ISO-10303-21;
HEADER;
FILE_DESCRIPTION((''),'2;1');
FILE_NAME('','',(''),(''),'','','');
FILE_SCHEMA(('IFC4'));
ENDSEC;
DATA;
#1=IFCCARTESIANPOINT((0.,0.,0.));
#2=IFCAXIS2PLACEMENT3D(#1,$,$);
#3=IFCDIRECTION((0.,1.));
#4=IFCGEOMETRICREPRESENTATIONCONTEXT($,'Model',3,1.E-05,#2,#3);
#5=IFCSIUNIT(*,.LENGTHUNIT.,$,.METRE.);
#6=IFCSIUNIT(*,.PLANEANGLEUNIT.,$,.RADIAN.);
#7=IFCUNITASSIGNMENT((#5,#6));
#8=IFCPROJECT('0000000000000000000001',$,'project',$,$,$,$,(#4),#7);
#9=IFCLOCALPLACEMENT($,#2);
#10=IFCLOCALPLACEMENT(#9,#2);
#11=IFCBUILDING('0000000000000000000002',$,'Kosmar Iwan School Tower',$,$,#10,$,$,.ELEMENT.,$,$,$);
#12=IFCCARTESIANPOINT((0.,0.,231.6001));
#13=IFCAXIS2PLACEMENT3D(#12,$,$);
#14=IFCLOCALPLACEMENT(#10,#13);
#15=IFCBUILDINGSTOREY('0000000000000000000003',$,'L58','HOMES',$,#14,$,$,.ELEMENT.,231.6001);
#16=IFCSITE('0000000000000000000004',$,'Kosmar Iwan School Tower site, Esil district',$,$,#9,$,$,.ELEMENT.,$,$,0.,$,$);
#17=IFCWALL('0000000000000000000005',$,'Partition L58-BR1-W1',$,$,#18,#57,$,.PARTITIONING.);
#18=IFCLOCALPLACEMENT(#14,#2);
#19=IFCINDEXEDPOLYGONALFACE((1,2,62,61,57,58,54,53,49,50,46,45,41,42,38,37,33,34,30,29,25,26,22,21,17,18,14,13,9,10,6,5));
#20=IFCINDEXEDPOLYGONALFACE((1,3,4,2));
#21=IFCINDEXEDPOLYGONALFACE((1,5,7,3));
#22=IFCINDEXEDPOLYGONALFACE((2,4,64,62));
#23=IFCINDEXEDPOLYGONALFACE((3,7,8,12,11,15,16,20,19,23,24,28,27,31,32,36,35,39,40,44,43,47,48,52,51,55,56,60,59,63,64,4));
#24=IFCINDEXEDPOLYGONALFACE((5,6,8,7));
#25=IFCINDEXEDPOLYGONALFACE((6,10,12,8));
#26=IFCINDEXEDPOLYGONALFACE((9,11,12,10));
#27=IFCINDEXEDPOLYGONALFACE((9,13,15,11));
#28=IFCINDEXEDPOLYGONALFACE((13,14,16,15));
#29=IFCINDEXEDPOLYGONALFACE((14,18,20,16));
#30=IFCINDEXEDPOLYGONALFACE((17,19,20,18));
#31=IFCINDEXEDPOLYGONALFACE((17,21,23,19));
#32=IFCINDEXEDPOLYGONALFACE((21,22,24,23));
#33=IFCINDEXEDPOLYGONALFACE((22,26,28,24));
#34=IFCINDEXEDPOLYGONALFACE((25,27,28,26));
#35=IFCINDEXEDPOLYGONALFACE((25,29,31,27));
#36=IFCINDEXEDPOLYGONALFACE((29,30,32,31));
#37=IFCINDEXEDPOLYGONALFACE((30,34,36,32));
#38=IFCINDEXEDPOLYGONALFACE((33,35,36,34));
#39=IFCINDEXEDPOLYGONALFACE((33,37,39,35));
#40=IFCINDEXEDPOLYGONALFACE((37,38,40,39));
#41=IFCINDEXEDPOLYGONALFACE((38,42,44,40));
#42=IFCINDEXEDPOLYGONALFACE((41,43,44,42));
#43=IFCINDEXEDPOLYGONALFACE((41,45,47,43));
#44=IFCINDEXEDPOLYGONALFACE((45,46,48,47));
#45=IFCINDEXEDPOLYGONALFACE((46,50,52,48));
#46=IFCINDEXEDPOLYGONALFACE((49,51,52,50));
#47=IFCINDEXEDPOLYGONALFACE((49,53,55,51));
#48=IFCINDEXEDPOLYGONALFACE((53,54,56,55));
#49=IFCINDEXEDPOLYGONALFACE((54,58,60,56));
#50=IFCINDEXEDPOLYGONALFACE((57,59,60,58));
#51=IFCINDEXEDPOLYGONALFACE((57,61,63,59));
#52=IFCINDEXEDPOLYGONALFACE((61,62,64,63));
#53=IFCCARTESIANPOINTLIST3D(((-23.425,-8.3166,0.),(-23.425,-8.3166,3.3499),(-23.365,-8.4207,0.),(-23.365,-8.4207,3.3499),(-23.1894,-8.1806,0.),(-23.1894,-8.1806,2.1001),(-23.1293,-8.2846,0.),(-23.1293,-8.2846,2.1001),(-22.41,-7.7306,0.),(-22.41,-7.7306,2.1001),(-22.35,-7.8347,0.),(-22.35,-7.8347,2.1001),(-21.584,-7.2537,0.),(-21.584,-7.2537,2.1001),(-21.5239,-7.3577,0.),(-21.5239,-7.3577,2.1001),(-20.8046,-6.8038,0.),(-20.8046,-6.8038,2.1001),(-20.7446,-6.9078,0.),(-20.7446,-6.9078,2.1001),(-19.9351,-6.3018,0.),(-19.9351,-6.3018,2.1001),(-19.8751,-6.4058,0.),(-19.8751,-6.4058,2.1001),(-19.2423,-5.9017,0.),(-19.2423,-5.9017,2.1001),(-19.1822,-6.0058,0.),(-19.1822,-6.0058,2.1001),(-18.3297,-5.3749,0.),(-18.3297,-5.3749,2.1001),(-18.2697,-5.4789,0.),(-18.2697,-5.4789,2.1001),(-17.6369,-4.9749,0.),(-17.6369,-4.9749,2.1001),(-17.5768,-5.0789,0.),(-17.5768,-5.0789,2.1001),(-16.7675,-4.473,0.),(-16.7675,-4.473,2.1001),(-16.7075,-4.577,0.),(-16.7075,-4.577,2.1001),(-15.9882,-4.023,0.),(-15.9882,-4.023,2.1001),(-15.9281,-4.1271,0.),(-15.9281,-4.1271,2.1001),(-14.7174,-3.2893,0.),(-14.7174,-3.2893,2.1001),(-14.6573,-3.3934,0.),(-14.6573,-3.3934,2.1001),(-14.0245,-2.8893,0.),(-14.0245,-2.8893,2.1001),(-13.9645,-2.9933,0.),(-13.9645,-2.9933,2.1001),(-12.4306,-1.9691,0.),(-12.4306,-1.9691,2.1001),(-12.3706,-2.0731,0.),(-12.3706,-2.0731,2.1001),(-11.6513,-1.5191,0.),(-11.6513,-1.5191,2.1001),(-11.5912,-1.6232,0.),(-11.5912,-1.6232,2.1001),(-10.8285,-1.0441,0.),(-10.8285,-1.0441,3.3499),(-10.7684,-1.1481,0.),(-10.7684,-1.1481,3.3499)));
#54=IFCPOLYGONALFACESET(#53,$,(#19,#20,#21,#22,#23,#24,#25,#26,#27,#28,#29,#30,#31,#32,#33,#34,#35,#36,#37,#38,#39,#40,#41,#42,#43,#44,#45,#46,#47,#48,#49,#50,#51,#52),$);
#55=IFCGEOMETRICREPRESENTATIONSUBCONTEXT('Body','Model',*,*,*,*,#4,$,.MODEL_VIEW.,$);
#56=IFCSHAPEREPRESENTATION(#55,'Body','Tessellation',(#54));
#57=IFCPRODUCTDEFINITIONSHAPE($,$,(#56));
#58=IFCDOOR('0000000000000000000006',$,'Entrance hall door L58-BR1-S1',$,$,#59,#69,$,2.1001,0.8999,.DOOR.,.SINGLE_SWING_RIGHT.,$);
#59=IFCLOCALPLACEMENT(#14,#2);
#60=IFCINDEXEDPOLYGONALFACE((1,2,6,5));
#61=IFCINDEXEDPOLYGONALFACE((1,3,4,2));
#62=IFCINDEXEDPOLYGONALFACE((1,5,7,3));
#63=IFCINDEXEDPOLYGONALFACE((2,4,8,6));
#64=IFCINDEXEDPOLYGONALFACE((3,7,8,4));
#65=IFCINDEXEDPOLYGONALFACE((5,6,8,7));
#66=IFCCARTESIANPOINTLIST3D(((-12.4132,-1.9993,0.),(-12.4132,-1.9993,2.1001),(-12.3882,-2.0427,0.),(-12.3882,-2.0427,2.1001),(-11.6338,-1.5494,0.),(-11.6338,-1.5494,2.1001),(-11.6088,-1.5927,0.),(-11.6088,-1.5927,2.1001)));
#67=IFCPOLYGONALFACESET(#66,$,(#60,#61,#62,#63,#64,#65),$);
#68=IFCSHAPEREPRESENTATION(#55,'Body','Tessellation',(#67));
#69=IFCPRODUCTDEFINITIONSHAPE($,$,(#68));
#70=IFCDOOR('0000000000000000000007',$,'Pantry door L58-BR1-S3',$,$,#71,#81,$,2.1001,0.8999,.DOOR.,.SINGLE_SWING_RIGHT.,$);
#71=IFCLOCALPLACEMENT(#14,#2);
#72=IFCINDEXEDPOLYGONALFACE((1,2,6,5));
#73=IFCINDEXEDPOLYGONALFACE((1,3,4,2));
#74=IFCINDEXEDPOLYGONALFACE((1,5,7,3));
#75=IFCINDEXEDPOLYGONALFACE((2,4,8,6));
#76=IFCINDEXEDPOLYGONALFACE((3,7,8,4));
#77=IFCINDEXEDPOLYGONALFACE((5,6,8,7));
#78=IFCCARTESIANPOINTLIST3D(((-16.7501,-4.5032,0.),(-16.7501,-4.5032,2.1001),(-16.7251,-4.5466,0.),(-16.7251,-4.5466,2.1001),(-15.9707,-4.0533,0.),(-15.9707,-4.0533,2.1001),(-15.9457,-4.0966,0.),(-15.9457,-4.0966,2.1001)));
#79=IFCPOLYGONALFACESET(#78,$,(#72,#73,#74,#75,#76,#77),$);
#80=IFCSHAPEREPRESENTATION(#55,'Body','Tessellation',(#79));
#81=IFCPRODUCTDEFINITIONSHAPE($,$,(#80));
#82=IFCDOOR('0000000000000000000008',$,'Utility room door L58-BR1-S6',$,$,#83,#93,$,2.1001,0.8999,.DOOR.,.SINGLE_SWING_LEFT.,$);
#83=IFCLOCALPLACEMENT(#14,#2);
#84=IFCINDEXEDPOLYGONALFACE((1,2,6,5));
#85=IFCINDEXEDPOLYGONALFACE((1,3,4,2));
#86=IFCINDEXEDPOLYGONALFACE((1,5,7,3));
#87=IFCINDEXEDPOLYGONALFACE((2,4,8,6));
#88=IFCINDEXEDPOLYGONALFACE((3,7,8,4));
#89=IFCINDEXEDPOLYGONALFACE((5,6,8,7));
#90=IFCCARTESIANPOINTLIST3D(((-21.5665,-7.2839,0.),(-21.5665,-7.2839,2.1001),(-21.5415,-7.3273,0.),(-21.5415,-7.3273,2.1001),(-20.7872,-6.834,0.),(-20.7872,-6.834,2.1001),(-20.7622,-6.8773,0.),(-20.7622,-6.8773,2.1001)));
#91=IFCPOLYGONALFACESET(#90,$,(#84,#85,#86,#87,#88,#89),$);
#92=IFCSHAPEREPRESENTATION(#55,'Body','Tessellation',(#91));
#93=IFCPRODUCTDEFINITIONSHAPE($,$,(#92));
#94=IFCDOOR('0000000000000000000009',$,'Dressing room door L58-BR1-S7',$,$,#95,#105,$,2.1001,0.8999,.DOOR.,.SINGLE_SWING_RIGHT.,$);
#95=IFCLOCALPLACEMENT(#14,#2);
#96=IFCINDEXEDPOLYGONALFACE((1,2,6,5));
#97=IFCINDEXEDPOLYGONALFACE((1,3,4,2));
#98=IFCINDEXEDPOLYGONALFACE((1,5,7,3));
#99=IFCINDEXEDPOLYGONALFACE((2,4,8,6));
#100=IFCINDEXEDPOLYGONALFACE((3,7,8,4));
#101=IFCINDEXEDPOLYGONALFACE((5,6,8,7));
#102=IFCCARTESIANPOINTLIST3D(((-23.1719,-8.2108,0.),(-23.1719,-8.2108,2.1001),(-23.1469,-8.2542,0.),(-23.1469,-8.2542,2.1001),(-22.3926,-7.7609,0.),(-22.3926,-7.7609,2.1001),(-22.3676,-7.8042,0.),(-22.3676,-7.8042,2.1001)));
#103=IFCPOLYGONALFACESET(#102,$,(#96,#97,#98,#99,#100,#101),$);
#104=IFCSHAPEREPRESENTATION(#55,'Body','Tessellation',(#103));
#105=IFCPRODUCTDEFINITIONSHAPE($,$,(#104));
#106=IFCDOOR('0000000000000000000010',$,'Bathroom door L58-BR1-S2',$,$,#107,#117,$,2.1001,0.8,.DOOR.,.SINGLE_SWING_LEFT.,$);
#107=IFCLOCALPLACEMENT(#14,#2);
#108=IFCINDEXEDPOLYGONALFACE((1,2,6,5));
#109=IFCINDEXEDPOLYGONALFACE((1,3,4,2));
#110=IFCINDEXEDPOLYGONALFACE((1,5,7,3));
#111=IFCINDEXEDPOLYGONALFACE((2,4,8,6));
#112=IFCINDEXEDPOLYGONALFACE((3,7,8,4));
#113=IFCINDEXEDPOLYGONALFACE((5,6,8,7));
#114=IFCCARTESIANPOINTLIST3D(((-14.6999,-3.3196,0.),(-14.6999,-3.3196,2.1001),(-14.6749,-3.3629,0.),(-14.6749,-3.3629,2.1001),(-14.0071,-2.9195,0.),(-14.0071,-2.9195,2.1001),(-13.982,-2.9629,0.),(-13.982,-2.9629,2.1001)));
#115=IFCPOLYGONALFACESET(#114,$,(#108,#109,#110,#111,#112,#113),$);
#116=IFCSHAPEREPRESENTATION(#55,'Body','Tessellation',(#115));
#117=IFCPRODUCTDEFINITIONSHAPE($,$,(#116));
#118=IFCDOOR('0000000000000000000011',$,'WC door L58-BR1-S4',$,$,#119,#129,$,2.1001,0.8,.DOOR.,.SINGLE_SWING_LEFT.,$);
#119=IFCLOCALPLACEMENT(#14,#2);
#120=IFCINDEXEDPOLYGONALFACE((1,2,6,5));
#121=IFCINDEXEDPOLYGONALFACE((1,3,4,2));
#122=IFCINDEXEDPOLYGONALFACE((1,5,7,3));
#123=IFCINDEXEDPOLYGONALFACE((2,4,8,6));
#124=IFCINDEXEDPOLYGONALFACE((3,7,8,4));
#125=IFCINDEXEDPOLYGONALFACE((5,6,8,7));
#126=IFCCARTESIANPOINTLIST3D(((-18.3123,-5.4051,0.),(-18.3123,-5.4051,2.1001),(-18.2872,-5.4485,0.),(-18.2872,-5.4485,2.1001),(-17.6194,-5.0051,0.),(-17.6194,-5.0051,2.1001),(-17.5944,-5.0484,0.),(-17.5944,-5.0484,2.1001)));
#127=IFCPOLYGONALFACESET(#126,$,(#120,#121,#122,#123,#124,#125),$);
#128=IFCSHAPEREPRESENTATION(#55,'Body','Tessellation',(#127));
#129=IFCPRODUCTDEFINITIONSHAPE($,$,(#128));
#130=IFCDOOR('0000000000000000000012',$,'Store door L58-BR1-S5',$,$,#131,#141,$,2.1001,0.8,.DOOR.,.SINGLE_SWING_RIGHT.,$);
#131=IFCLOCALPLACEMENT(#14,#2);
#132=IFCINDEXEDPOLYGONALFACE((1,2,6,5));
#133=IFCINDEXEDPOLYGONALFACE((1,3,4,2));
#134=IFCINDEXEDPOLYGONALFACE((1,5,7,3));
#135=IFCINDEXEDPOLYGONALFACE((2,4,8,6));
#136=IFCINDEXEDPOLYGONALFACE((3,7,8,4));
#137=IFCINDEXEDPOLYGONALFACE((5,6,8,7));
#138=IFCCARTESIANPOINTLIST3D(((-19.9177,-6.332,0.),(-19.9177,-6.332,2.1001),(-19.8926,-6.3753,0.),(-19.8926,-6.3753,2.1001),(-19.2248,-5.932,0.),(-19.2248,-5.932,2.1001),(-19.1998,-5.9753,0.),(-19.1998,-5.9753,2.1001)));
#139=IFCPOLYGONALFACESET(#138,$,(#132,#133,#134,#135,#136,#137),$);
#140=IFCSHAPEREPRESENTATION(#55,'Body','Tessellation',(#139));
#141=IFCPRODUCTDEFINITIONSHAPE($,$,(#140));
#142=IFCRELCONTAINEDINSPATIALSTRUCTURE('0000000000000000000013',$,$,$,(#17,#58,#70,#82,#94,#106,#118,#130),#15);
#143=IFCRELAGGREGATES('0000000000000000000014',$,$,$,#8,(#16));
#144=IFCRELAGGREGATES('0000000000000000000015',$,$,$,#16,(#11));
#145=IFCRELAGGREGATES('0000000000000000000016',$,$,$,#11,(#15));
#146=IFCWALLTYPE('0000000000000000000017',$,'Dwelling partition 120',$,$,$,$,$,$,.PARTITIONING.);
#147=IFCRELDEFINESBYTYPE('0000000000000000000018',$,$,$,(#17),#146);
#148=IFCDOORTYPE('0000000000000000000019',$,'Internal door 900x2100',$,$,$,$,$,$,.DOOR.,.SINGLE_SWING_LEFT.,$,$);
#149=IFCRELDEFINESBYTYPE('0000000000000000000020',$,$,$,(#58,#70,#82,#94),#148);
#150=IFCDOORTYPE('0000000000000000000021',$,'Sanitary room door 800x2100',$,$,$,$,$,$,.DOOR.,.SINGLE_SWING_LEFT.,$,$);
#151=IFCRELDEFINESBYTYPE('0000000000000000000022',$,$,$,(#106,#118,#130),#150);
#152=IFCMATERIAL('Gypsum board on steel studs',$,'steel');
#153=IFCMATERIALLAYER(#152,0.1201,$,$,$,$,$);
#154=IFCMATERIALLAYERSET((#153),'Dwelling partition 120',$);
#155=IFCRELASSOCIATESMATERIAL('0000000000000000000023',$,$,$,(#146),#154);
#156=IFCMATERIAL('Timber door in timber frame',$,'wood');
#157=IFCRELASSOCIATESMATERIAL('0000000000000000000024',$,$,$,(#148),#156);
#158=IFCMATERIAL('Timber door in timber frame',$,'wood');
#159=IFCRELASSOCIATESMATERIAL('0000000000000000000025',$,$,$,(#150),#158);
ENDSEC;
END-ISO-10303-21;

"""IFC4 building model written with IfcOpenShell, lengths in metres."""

from ifc_helpers import new_model, si_unit, direction, frame, frame_2d, origin, place, context, subcontext, project, spatial, rectangle, extrude, material, layer, layer_set, type_object, element, fill, save


model = new_model("IFC4")

# Units and contexts
model_context = context("Model", 3, precision=1e-05, world=origin(), true_north=direction((0.0, 1.0)))
body_context = subcontext(model_context, "Body", "Model", "MODEL_VIEW")
ifc_project = project(units=[si_unit("LENGTHUNIT", "METRE"), si_unit("PLANEANGLEUNIT", "RADIAN")], contexts=[model_context])

# Site, building, storey
site_placement = place(None, origin())
site = spatial("IfcSite", under=ifc_project, at=site_placement, Name="Kosmar Iwan School Tower site, Esil district", CompositionType="ELEMENT", RefElevation=0.0)
building_placement = place(site_placement, origin())
building = spatial("IfcBuilding", under=site, at=building_placement, Name="Kosmar Iwan School Tower", CompositionType="ELEMENT")
storey_placement = place(building_placement, frame((0.0, 0.0, 231.6001)))
storey = spatial("IfcBuildingStorey", under=building, at=storey_placement, Name="L58", Description="HOMES", CompositionType="ELEMENT", Elevation=231.6001)

# Shared definitions
ifc_material_1 = material(Name="Gypsum board on steel studs", Category="steel")
ifc_layer_1 = layer(ifc_material_1, 0.1201)
ifc_layer_set_1 = layer_set([ifc_layer_1], Name="Dwelling partition 120")
wall_type_1 = type_object("IfcWallType", Name="Dwelling partition 120", PredefinedType="PARTITIONING", material=ifc_layer_set_1)

# Wall, openings, doors
wall_1_placement = place(storey_placement, frame((-10.7986, -1.0962, 0.0), z_axis=(0.0, 0.0, 1.0), x_axis=(-0.866028, -0.499995, 0.0)))
wall_1 = element("IfcWall", 1, at=wall_1_placement, inside=storey, type_object=wall_type_1, Name="Partition L58-BR1-W1", PredefinedType="PARTITIONING", context=body_context, shape_type="SweptSolid", body=[
    extrude(rectangle(XDim=14.5452, YDim=0.1201, at=frame_2d((7.2725, 0.0))), origin(), (0.0, 0.0, 1.0), 3.3499),
])
opening_1_placement = place(wall_1_placement, frame((0.95, 0.0, 0.0)))
opening_1 = element("IfcOpeningElement", 2, at=opening_1_placement, cuts=wall_1, PredefinedType="OPENING", context=body_context, shape_type="SweptSolid", body=[
    extrude(rectangle(XDim=0.8999, YDim=2.1001, at=frame_2d((0.45, 1.05))), frame((0.0, 0.072, 0.0), z_axis=(0.0, -1.0, 0.0), x_axis=(1.0, 0.0, 0.0)), (0.0, 0.0, 1.0), 0.144),
])
opening_2_placement = place(wall_1_placement, frame((3.6904, 0.0, 0.0)))
opening_2 = element("IfcOpeningElement", 3, at=opening_2_placement, cuts=wall_1, PredefinedType="OPENING", context=body_context, shape_type="SweptSolid", body=[
    extrude(rectangle(XDim=0.8, YDim=2.1001, at=frame_2d((0.3999, 1.05))), frame((0.0, 0.072, 0.0), z_axis=(0.0, -1.0, 0.0), x_axis=(1.0, 0.0, 0.0)), (0.0, 0.0, 1.0), 0.144),
])
opening_3_placement = place(wall_1_placement, frame((5.9578, 0.0, 0.0)))
opening_3 = element("IfcOpeningElement", 4, at=opening_3_placement, cuts=wall_1, PredefinedType="OPENING", context=body_context, shape_type="SweptSolid", body=[
    extrude(rectangle(XDim=0.8999, YDim=2.1001, at=frame_2d((0.45, 1.05))), frame((0.0, 0.072, 0.0), z_axis=(0.0, -1.0, 0.0), x_axis=(1.0, 0.0, 0.0)), (0.0, 0.0, 1.0), 0.144),
])
opening_4_placement = place(wall_1_placement, frame((7.8616, 0.0, 0.0)))
opening_4 = element("IfcOpeningElement", 5, at=opening_4_placement, cuts=wall_1, PredefinedType="OPENING", context=body_context, shape_type="SweptSolid", body=[
    extrude(rectangle(XDim=0.8, YDim=2.1001, at=frame_2d((0.3999, 1.05))), frame((0.0, 0.072, 0.0), z_axis=(0.0, -1.0, 0.0), x_axis=(1.0, 0.0, 0.0)), (0.0, 0.0, 1.0), 0.144),
])
opening_5_placement = place(wall_1_placement, frame((9.7153, 0.0, 0.0)))
opening_5 = element("IfcOpeningElement", 6, at=opening_5_placement, cuts=wall_1, PredefinedType="OPENING", context=body_context, shape_type="SweptSolid", body=[
    extrude(rectangle(XDim=0.8, YDim=2.1001, at=frame_2d((0.3999, 1.05))), frame((0.0, 0.072, 0.0), z_axis=(0.0, -1.0, 0.0), x_axis=(1.0, 0.0, 0.0)), (0.0, 0.0, 1.0), 0.144),
])
opening_6_placement = place(wall_1_placement, frame((11.5193, 0.0, 0.0)))
opening_6 = element("IfcOpeningElement", 7, at=opening_6_placement, cuts=wall_1, PredefinedType="OPENING", context=body_context, shape_type="SweptSolid", body=[
    extrude(rectangle(XDim=0.8999, YDim=2.1001, at=frame_2d((0.45, 1.05))), frame((0.0, 0.072, 0.0), z_axis=(0.0, -1.0, 0.0), x_axis=(1.0, 0.0, 0.0)), (0.0, 0.0, 1.0), 0.144),
])
opening_7_placement = place(wall_1_placement, frame((13.373, 0.0, 0.0)))
opening_7 = element("IfcOpeningElement", 8, at=opening_7_placement, cuts=wall_1, PredefinedType="OPENING", context=body_context, shape_type="SweptSolid", body=[
    extrude(rectangle(XDim=0.8999, YDim=2.1001, at=frame_2d((0.45, 1.05))), frame((0.0, 0.072, 0.0), z_axis=(0.0, -1.0, 0.0), x_axis=(1.0, 0.0, 0.0)), (0.0, 0.0, 1.0), 0.144),
])
ifc_material_2 = material(Name="Timber door in timber frame", Category="wood")
door_type_1 = type_object("IfcDoorType", Name="Internal door 900x2100", OperationType="SINGLE_SWING_LEFT", PredefinedType="DOOR", material=ifc_material_2)
door_1_placement = place(opening_1_placement, origin())
door_1 = element("IfcDoor", 9, at=door_1_placement, inside=storey, type_object=door_type_1, Name="Entrance hall door L58-BR1-S1", OperationType="SINGLE_SWING_RIGHT", OverallHeight=2.1001, OverallWidth=0.8999, PredefinedType="DOOR", context=body_context, shape_type="SweptSolid", body=[
    extrude(rectangle(XDim=0.8999, YDim=2.1001, at=frame_2d((0.45, 1.05))), frame((0.0, 0.0249, 0.0), z_axis=(0.0, -1.0, 0.0), x_axis=(1.0, 0.0, 0.0)), (0.0, 0.0, 1.0), 0.05),
])
fill(opening_1, door_1)
door_2_placement = place(opening_3_placement, origin())
door_2 = element("IfcDoor", 10, at=door_2_placement, inside=storey, type_object=door_type_1, Name="Pantry door L58-BR1-S3", OperationType="SINGLE_SWING_RIGHT", OverallHeight=2.1001, OverallWidth=0.8999, PredefinedType="DOOR", context=body_context, shape_type="SweptSolid", body=[
    extrude(rectangle(XDim=0.8999, YDim=2.1001, at=frame_2d((0.45, 1.05))), frame((0.0, 0.0249, 0.0), z_axis=(0.0, -1.0, 0.0), x_axis=(1.0, 0.0, 0.0)), (0.0, 0.0, 1.0), 0.05),
])
fill(opening_3, door_2)
door_3_placement = place(opening_6_placement, origin())
door_3 = element("IfcDoor", 11, at=door_3_placement, inside=storey, type_object=door_type_1, Name="Utility room door L58-BR1-S6", OperationType="SINGLE_SWING_LEFT", OverallHeight=2.1001, OverallWidth=0.8999, PredefinedType="DOOR", context=body_context, shape_type="SweptSolid", body=[
    extrude(rectangle(XDim=0.8999, YDim=2.1001, at=frame_2d((0.45, 1.05))), frame((0.0, 0.0249, 0.0), z_axis=(0.0, -1.0, 0.0), x_axis=(1.0, 0.0, 0.0)), (0.0, 0.0, 1.0), 0.05),
])
fill(opening_6, door_3)
door_4_placement = place(opening_7_placement, origin())
door_4 = element("IfcDoor", 12, at=door_4_placement, inside=storey, type_object=door_type_1, Name="Dressing room door L58-BR1-S7", OperationType="SINGLE_SWING_RIGHT", OverallHeight=2.1001, OverallWidth=0.8999, PredefinedType="DOOR", context=body_context, shape_type="SweptSolid", body=[
    extrude(rectangle(XDim=0.8999, YDim=2.1001, at=frame_2d((0.45, 1.05))), frame((0.0, 0.0249, 0.0), z_axis=(0.0, -1.0, 0.0), x_axis=(1.0, 0.0, 0.0)), (0.0, 0.0, 1.0), 0.05),
])
fill(opening_7, door_4)
ifc_material_3 = material(Name="Timber door in timber frame", Category="wood")
door_type_2 = type_object("IfcDoorType", Name="Sanitary room door 800x2100", OperationType="SINGLE_SWING_LEFT", PredefinedType="DOOR", material=ifc_material_3)
door_5_placement = place(opening_2_placement, origin())
door_5 = element("IfcDoor", 13, at=door_5_placement, inside=storey, type_object=door_type_2, Name="Bathroom door L58-BR1-S2", OperationType="SINGLE_SWING_LEFT", OverallHeight=2.1001, OverallWidth=0.8, PredefinedType="DOOR", context=body_context, shape_type="SweptSolid", body=[
    extrude(rectangle(XDim=0.8, YDim=2.1001, at=frame_2d((0.3999, 1.05))), frame((0.0, 0.0249, 0.0), z_axis=(0.0, -1.0, 0.0), x_axis=(1.0, 0.0, 0.0)), (0.0, 0.0, 1.0), 0.05),
])
fill(opening_2, door_5)
door_6_placement = place(opening_4_placement, origin())
door_6 = element("IfcDoor", 14, at=door_6_placement, inside=storey, type_object=door_type_2, Name="WC door L58-BR1-S4", OperationType="SINGLE_SWING_LEFT", OverallHeight=2.1001, OverallWidth=0.8, PredefinedType="DOOR", context=body_context, shape_type="SweptSolid", body=[
    extrude(rectangle(XDim=0.8, YDim=2.1001, at=frame_2d((0.3999, 1.05))), frame((0.0, 0.0249, 0.0), z_axis=(0.0, -1.0, 0.0), x_axis=(1.0, 0.0, 0.0)), (0.0, 0.0, 1.0), 0.05),
])
fill(opening_4, door_6)
door_7_placement = place(opening_5_placement, origin())
door_7 = element("IfcDoor", 15, at=door_7_placement, inside=storey, type_object=door_type_2, Name="Store door L58-BR1-S5", OperationType="SINGLE_SWING_RIGHT", OverallHeight=2.1001, OverallWidth=0.8, PredefinedType="DOOR", context=body_context, shape_type="SweptSolid", body=[
    extrude(rectangle(XDim=0.8, YDim=2.1001, at=frame_2d((0.3999, 1.05))), frame((0.0, 0.0249, 0.0), z_axis=(0.0, -1.0, 0.0), x_axis=(1.0, 0.0, 0.0)), (0.0, 0.0, 1.0), 0.05),
])
fill(opening_5, door_7)

save(model, "model.ifc")
